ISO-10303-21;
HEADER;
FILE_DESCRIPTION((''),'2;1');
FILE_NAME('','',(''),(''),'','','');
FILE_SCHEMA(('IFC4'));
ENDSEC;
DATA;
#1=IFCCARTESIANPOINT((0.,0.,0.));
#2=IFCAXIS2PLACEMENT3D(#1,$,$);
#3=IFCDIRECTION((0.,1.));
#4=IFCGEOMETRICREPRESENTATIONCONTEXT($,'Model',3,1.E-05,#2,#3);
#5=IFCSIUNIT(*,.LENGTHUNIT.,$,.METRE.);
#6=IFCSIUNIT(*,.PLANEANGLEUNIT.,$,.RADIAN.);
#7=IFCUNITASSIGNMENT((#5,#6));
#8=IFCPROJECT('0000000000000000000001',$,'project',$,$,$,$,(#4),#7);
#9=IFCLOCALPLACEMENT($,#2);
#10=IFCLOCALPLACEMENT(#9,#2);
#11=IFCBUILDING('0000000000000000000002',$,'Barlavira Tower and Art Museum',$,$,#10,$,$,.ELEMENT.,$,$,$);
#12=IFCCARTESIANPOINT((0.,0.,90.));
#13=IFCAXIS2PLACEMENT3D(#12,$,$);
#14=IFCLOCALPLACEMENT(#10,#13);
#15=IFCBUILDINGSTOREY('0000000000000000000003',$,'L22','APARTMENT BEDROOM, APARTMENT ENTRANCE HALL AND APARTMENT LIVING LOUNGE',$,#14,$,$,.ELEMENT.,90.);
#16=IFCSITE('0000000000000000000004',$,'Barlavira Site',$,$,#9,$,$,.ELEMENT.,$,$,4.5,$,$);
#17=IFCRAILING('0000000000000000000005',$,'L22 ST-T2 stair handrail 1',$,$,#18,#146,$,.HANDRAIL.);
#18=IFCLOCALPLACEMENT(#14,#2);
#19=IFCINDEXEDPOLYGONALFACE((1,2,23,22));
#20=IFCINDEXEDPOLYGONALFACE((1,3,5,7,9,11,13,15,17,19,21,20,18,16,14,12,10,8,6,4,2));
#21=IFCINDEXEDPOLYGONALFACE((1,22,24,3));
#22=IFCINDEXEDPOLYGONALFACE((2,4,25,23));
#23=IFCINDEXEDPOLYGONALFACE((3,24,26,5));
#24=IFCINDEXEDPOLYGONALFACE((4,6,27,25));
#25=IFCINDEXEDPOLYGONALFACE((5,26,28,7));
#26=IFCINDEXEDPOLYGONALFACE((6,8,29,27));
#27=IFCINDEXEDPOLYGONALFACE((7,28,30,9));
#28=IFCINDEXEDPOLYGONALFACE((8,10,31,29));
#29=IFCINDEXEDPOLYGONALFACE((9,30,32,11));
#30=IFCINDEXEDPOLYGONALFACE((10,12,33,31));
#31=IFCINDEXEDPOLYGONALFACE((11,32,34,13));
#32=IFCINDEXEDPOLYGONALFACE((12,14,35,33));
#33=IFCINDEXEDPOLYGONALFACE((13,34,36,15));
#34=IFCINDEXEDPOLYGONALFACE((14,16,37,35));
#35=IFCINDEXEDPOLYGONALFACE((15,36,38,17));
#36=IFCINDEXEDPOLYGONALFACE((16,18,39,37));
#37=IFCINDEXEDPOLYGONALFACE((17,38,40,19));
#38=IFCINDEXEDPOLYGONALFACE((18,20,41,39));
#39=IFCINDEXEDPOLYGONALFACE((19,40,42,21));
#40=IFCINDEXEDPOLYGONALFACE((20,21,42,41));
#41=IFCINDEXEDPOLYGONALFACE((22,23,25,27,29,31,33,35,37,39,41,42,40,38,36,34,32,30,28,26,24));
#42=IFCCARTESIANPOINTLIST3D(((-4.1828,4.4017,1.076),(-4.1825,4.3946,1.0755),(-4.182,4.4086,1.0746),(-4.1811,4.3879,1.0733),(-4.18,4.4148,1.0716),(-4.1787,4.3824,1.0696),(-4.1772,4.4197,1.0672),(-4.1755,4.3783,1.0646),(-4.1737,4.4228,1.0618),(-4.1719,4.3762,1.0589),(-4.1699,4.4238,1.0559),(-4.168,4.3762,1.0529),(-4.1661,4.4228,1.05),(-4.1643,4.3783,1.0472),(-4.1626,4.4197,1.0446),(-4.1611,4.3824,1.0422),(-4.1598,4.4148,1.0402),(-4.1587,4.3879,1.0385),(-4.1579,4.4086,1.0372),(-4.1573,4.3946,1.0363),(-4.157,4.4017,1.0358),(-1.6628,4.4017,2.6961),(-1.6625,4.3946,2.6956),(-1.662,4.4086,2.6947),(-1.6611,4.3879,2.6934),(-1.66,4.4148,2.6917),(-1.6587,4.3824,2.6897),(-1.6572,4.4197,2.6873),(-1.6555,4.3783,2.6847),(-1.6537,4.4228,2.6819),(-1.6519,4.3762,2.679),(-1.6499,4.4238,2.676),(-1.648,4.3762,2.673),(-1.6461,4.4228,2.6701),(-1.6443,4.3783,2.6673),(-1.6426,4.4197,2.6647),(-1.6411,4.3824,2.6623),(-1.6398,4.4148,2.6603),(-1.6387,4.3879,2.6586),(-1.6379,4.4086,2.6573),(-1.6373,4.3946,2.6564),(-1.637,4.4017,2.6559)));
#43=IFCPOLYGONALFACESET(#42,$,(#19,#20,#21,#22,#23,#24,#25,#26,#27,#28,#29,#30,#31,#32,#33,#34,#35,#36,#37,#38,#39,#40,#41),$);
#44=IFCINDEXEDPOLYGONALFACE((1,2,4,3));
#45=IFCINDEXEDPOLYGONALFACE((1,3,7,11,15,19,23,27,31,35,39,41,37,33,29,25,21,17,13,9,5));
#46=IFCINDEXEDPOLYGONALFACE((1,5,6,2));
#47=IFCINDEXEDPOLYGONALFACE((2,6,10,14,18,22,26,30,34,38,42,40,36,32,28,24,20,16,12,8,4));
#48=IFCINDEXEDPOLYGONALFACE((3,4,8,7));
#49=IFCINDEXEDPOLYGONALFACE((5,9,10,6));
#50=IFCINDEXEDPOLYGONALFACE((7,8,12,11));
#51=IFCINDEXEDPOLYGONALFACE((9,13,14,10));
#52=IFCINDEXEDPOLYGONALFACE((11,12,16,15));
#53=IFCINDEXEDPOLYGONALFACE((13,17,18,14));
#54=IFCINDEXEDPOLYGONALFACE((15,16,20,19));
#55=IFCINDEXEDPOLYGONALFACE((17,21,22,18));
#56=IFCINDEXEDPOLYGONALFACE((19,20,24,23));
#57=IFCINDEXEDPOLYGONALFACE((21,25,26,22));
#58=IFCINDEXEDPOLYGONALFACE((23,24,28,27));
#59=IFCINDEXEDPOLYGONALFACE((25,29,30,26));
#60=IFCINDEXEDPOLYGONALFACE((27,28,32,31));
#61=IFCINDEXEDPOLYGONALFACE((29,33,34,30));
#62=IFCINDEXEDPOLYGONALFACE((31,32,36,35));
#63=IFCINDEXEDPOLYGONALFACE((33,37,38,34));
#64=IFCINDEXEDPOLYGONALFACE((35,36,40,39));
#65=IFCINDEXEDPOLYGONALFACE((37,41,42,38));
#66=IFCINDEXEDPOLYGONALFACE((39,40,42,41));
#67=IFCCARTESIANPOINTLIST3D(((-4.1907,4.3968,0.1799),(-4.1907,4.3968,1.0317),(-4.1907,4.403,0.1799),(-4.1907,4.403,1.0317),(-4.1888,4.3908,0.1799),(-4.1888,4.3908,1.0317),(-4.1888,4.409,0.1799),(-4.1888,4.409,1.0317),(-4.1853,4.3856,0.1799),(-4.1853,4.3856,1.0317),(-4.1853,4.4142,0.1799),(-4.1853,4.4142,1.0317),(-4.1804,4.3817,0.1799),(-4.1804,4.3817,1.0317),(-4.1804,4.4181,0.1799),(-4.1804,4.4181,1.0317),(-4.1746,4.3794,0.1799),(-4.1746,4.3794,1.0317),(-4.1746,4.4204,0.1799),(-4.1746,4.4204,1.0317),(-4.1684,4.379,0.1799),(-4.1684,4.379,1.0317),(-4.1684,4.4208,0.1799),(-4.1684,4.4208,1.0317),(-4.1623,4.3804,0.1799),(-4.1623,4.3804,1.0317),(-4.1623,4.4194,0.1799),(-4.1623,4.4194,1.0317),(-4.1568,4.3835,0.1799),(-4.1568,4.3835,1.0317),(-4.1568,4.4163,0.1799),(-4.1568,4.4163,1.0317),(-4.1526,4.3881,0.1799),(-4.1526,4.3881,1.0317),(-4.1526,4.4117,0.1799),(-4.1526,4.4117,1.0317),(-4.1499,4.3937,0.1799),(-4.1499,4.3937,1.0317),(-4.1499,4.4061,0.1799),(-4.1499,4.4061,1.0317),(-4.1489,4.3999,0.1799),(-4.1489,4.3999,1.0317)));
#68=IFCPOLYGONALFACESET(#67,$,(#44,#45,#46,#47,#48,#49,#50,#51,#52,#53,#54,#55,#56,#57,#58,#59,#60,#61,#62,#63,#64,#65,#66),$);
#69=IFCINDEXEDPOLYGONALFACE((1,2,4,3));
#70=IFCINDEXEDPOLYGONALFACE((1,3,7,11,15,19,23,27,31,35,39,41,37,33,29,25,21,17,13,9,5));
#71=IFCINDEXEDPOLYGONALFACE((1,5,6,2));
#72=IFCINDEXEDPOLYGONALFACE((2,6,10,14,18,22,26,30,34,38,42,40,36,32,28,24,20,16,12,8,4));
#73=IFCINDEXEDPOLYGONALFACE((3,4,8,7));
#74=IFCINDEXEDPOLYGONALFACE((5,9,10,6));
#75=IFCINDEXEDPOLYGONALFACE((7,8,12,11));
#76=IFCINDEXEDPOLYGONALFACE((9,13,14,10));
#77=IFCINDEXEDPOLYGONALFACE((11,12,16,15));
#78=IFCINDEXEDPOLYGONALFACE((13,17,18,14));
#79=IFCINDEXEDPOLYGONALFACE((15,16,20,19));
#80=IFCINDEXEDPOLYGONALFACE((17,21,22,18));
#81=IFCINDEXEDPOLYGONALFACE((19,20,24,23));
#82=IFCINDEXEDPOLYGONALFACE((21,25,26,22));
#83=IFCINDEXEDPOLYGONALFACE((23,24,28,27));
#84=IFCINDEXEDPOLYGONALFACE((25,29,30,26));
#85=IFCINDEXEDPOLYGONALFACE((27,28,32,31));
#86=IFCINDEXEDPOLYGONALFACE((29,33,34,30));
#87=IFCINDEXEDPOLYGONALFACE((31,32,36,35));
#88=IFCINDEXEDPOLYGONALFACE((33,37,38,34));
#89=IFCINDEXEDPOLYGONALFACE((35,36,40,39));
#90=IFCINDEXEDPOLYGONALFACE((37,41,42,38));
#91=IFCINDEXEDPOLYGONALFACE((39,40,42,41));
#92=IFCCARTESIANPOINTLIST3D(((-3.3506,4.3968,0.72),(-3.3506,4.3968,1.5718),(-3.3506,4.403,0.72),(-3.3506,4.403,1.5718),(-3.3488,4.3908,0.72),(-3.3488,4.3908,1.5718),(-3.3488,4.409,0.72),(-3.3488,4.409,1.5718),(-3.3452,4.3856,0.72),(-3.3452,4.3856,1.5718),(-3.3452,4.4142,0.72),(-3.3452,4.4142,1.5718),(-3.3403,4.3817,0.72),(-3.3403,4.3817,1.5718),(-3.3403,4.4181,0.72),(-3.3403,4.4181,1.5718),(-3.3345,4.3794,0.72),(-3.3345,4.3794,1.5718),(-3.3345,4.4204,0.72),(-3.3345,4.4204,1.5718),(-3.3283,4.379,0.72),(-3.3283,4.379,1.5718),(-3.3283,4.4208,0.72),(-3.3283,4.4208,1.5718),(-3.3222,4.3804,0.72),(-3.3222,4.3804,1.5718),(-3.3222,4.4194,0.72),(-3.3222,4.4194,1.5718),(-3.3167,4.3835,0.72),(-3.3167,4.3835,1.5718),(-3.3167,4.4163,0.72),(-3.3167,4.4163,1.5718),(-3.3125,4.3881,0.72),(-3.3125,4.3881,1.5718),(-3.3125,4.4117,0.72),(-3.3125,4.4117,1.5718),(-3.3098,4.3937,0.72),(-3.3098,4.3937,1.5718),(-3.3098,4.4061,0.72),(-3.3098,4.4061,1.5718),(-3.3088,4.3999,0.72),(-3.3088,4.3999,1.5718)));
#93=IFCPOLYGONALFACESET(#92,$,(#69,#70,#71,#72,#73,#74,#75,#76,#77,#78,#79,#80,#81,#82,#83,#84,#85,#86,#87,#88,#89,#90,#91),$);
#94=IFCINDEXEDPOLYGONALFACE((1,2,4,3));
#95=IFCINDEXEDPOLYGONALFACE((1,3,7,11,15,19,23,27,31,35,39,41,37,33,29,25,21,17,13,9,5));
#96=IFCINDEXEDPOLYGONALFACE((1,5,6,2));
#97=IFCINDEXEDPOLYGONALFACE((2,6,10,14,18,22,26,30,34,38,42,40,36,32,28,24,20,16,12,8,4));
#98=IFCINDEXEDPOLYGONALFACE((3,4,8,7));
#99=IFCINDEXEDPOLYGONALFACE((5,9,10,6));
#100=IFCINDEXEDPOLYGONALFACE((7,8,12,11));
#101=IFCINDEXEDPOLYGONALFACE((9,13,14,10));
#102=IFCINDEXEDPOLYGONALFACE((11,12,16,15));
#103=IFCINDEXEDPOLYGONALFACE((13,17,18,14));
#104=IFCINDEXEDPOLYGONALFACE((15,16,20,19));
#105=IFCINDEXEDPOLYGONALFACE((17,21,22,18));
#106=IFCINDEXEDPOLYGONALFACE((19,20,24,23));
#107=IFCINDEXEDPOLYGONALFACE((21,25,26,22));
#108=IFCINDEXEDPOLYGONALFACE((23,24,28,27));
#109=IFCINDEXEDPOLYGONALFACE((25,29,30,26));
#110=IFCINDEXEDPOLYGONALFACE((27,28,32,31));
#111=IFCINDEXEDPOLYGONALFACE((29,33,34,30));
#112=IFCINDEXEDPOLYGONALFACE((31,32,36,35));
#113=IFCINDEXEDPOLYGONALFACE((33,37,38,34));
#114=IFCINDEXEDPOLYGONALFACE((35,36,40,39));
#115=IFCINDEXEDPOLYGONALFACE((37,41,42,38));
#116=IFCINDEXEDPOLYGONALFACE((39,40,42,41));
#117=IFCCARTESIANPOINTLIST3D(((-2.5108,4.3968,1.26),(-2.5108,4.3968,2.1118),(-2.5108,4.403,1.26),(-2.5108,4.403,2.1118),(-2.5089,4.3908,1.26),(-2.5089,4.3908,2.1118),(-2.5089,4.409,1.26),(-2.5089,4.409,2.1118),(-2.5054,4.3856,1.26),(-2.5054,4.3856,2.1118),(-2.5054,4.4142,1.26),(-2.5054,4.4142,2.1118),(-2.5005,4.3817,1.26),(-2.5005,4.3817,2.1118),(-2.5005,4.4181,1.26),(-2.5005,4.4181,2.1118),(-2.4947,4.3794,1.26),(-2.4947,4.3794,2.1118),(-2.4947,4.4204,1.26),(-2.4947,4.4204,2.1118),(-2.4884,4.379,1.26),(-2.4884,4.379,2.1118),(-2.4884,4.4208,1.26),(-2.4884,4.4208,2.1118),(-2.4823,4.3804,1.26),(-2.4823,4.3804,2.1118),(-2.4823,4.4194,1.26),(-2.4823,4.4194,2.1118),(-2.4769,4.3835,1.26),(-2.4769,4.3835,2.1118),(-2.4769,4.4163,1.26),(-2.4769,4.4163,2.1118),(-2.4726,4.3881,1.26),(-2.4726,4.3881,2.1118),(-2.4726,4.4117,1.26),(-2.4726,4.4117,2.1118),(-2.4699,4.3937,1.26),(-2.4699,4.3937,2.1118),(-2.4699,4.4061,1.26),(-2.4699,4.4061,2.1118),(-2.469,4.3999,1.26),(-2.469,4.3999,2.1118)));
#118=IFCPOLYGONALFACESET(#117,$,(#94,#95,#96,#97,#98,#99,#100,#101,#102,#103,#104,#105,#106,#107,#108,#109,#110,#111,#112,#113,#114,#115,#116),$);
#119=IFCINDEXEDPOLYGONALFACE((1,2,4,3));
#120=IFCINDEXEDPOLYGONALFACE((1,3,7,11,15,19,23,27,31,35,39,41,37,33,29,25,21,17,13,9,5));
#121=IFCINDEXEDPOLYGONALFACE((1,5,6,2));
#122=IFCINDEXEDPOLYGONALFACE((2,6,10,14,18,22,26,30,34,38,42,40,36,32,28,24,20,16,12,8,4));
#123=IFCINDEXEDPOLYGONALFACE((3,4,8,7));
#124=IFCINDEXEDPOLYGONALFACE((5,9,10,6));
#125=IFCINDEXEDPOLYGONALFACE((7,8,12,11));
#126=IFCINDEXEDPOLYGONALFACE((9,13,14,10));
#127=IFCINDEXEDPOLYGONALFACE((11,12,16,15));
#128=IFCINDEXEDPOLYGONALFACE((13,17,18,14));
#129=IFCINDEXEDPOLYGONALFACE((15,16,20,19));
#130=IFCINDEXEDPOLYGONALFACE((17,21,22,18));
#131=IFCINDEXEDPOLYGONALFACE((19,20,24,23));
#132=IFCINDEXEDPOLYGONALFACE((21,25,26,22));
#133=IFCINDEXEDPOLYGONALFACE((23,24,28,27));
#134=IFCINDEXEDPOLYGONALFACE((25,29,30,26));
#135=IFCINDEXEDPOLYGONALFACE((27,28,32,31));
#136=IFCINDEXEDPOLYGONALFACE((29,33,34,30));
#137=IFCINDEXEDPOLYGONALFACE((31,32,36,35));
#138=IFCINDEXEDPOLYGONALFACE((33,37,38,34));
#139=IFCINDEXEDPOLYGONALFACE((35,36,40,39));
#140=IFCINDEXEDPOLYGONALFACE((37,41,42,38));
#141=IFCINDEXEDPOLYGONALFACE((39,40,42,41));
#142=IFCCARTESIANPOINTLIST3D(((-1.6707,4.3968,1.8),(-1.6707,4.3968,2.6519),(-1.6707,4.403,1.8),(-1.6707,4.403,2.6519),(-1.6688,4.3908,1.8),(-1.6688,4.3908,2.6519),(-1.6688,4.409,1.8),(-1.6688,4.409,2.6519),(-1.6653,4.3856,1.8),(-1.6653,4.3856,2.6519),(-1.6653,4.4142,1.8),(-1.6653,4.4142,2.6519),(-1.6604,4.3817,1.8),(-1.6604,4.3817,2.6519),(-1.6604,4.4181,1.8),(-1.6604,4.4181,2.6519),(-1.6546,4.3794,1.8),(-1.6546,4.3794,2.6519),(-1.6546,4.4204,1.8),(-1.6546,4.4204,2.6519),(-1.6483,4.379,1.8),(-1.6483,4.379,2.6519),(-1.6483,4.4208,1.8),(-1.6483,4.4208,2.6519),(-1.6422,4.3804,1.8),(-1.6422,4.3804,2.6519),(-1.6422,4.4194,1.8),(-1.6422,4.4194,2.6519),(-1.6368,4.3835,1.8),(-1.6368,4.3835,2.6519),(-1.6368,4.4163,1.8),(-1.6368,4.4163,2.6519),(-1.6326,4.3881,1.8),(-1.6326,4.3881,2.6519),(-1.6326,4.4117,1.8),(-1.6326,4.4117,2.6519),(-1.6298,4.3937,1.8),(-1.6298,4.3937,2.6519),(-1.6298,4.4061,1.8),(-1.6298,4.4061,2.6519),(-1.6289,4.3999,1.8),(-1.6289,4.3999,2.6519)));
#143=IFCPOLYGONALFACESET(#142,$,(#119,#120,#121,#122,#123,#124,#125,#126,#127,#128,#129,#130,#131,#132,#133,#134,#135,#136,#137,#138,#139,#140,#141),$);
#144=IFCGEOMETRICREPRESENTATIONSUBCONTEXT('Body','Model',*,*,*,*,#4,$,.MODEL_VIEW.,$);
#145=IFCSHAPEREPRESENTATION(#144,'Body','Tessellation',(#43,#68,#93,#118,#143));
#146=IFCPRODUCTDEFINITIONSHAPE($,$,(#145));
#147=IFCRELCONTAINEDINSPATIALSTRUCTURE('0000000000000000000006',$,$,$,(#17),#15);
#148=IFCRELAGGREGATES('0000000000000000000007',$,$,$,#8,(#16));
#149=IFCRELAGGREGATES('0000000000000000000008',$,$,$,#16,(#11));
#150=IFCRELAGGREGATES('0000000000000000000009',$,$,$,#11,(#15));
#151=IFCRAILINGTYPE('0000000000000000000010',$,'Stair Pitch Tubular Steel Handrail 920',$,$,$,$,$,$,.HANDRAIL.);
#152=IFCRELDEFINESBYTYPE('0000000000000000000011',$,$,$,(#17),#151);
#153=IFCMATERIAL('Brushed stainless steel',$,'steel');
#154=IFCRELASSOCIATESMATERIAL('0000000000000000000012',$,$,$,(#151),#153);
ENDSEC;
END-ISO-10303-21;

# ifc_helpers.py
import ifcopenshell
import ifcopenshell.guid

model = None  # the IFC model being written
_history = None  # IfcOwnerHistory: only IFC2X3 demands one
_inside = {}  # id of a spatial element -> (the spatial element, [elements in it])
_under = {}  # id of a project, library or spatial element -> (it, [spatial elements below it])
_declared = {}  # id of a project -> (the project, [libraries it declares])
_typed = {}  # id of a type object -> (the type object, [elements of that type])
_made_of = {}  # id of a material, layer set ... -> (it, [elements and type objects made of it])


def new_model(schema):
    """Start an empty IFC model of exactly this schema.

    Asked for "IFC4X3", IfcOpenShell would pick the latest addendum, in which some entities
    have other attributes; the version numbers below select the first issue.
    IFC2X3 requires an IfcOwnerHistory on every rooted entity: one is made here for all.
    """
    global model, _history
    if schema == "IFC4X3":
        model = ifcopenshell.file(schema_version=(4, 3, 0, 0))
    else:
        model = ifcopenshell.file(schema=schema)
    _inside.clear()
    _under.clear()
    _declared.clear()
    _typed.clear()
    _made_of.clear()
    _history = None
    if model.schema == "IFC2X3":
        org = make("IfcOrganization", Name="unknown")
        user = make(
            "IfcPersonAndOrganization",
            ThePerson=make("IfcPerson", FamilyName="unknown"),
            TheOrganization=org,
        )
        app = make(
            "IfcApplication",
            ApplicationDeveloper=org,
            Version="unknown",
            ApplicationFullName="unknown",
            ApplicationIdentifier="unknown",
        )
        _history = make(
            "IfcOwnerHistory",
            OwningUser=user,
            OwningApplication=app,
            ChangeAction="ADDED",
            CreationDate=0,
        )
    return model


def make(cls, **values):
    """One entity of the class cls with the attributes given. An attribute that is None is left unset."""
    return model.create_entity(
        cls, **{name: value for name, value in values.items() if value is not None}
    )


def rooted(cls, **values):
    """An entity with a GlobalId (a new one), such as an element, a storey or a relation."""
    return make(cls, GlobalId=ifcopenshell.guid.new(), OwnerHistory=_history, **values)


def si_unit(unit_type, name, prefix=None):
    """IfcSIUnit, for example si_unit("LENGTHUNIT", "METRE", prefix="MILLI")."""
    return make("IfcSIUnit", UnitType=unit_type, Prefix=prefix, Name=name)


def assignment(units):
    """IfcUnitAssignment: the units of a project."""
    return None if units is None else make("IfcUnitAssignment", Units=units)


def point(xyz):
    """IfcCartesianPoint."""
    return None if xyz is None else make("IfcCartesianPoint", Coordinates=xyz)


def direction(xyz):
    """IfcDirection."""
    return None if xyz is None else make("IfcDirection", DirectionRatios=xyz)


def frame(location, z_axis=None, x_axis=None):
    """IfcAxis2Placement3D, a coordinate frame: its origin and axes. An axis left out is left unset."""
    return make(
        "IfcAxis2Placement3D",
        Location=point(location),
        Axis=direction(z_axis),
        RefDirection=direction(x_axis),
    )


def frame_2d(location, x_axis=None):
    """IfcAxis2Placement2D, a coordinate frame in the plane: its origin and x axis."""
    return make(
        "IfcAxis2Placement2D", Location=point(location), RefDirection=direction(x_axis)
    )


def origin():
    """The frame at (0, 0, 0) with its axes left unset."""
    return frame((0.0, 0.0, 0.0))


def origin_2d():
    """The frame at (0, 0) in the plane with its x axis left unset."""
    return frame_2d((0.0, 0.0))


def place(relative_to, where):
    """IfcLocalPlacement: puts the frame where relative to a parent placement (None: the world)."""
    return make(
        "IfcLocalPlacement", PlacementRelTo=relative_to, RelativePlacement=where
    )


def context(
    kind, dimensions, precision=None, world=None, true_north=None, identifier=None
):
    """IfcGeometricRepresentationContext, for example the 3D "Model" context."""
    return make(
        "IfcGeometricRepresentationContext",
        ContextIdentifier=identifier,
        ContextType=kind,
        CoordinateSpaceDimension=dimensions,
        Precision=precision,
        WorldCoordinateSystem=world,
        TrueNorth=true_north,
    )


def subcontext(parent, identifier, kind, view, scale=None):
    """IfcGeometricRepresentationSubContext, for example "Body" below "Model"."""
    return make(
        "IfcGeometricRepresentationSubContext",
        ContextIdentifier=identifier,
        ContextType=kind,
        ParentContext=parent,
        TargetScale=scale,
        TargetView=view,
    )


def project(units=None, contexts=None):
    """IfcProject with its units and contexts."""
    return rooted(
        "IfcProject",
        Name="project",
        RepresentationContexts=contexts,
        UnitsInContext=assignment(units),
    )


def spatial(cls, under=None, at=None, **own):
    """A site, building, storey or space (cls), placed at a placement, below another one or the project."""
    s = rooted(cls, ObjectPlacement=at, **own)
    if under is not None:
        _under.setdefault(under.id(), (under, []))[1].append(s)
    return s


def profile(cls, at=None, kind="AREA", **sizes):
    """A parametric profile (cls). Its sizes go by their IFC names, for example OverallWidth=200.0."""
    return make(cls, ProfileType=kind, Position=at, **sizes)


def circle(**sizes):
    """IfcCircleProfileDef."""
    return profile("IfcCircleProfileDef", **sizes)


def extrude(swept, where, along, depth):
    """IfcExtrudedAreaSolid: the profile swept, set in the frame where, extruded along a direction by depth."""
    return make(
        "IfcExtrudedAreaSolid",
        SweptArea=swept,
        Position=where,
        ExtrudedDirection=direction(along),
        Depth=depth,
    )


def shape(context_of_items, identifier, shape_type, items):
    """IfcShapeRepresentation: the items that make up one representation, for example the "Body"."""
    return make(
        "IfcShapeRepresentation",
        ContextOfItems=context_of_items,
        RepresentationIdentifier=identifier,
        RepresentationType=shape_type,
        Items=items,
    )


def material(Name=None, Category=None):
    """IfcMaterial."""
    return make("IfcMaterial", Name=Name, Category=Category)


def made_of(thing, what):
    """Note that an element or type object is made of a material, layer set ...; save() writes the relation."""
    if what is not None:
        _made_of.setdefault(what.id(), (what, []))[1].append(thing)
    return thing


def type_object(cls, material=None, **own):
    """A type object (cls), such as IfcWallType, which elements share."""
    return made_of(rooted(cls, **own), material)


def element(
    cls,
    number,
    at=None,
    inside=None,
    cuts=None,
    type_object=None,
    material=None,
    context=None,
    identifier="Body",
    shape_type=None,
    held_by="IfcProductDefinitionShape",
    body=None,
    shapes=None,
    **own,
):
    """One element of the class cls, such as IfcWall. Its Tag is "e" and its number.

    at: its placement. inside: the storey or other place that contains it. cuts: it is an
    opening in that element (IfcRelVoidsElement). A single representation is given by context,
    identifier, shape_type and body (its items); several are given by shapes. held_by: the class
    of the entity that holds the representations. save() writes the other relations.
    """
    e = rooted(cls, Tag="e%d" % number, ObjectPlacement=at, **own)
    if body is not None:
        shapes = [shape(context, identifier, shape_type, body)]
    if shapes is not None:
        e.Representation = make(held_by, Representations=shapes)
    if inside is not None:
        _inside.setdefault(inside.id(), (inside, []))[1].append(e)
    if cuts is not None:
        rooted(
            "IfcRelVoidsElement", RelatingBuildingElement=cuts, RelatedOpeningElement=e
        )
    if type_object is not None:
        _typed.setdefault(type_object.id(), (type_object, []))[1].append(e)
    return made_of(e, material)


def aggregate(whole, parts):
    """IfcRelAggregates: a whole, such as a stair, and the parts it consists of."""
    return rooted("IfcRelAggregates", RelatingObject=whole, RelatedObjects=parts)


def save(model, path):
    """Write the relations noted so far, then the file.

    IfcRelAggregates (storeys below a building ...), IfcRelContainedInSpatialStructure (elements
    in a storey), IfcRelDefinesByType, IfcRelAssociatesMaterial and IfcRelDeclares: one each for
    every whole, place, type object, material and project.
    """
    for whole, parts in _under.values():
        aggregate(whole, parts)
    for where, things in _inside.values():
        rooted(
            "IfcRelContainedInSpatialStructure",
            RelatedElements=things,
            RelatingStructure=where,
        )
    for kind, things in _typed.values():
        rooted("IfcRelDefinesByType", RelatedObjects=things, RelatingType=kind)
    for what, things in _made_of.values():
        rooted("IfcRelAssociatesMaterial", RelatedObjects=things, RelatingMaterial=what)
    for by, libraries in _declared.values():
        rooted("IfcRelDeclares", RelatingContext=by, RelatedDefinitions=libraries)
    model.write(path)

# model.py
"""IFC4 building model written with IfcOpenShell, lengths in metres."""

from ifc_helpers import new_model, si_unit, direction, frame, origin, origin_2d, place, context, subcontext, project, spatial, circle, extrude, material, type_object, element, save


model = new_model("IFC4")

# Units and contexts
model_context = context("Model", 3, precision=1e-05, world=origin(), true_north=direction((0.0, 1.0)))
body_context = subcontext(model_context, "Body", "Model", "MODEL_VIEW")
ifc_project = project(units=[si_unit("LENGTHUNIT", "METRE"), si_unit("PLANEANGLEUNIT", "RADIAN")], contexts=[model_context])

# Site, building, storey
site_placement = place(None, origin())
site = spatial("IfcSite", under=ifc_project, at=site_placement, Name="Barlavira Site", CompositionType="ELEMENT", RefElevation=4.5)
building_placement = place(site_placement, origin())
building = spatial("IfcBuilding", under=site, at=building_placement, Name="Barlavira Tower and Art Museum", CompositionType="ELEMENT")
storey_placement = place(building_placement, frame((0.0, 0.0, 90.0)))
storey = spatial("IfcBuildingStorey", under=building, at=storey_placement, Name="L22", Description="APARTMENT BEDROOM, APARTMENT ENTRANCE HALL AND APARTMENT LIVING LOUNGE", CompositionType="ELEMENT", Elevation=90.0)

# Shared definitions
ifc_material_1 = material(Name="Brushed stainless steel", Category="steel")

# Railing
railing_type_1 = type_object("IfcRailingType", Name="Stair Pitch Tubular Steel Handrail 920", PredefinedType="HANDRAIL", material=ifc_material_1)
railing_1_placement = place(storey_placement, frame((-4.1699, 4.3999, 0.1799)))
element("IfcRailing", 1, at=railing_1_placement, inside=storey, type_object=railing_type_1, Name="L22 ST-T2 stair handrail 1", PredefinedType="HANDRAIL", context=body_context, shape_type="SweptSolid", body=[
    extrude(circle(Radius=0.0239, at=origin_2d()), frame((0.0, 0.0, 0.876), z_axis=(0.841163, 0.0, 0.540782), x_axis=(0.0, 1.0, 0.0)), (0.0, 0.0, 1.0), 2.9958),
    extrude(circle(Radius=0.021, at=origin_2d()), origin(), (0.0, 0.0, 1.0), 0.8518),
    extrude(circle(Radius=0.021, at=origin_2d()), frame((0.8401, 0.0, 0.54)), (0.0, 0.0, 1.0), 0.8518),
    extrude(circle(Radius=0.021, at=origin_2d()), frame((1.6799, 0.0, 1.0801)), (0.0, 0.0, 1.0), 0.8518),
    extrude(circle(Radius=0.021, at=origin_2d()), frame((2.52, 0.0, 1.6201)), (0.0, 0.0, 1.0), 0.8518),
])

save(model, "model.ifc")
